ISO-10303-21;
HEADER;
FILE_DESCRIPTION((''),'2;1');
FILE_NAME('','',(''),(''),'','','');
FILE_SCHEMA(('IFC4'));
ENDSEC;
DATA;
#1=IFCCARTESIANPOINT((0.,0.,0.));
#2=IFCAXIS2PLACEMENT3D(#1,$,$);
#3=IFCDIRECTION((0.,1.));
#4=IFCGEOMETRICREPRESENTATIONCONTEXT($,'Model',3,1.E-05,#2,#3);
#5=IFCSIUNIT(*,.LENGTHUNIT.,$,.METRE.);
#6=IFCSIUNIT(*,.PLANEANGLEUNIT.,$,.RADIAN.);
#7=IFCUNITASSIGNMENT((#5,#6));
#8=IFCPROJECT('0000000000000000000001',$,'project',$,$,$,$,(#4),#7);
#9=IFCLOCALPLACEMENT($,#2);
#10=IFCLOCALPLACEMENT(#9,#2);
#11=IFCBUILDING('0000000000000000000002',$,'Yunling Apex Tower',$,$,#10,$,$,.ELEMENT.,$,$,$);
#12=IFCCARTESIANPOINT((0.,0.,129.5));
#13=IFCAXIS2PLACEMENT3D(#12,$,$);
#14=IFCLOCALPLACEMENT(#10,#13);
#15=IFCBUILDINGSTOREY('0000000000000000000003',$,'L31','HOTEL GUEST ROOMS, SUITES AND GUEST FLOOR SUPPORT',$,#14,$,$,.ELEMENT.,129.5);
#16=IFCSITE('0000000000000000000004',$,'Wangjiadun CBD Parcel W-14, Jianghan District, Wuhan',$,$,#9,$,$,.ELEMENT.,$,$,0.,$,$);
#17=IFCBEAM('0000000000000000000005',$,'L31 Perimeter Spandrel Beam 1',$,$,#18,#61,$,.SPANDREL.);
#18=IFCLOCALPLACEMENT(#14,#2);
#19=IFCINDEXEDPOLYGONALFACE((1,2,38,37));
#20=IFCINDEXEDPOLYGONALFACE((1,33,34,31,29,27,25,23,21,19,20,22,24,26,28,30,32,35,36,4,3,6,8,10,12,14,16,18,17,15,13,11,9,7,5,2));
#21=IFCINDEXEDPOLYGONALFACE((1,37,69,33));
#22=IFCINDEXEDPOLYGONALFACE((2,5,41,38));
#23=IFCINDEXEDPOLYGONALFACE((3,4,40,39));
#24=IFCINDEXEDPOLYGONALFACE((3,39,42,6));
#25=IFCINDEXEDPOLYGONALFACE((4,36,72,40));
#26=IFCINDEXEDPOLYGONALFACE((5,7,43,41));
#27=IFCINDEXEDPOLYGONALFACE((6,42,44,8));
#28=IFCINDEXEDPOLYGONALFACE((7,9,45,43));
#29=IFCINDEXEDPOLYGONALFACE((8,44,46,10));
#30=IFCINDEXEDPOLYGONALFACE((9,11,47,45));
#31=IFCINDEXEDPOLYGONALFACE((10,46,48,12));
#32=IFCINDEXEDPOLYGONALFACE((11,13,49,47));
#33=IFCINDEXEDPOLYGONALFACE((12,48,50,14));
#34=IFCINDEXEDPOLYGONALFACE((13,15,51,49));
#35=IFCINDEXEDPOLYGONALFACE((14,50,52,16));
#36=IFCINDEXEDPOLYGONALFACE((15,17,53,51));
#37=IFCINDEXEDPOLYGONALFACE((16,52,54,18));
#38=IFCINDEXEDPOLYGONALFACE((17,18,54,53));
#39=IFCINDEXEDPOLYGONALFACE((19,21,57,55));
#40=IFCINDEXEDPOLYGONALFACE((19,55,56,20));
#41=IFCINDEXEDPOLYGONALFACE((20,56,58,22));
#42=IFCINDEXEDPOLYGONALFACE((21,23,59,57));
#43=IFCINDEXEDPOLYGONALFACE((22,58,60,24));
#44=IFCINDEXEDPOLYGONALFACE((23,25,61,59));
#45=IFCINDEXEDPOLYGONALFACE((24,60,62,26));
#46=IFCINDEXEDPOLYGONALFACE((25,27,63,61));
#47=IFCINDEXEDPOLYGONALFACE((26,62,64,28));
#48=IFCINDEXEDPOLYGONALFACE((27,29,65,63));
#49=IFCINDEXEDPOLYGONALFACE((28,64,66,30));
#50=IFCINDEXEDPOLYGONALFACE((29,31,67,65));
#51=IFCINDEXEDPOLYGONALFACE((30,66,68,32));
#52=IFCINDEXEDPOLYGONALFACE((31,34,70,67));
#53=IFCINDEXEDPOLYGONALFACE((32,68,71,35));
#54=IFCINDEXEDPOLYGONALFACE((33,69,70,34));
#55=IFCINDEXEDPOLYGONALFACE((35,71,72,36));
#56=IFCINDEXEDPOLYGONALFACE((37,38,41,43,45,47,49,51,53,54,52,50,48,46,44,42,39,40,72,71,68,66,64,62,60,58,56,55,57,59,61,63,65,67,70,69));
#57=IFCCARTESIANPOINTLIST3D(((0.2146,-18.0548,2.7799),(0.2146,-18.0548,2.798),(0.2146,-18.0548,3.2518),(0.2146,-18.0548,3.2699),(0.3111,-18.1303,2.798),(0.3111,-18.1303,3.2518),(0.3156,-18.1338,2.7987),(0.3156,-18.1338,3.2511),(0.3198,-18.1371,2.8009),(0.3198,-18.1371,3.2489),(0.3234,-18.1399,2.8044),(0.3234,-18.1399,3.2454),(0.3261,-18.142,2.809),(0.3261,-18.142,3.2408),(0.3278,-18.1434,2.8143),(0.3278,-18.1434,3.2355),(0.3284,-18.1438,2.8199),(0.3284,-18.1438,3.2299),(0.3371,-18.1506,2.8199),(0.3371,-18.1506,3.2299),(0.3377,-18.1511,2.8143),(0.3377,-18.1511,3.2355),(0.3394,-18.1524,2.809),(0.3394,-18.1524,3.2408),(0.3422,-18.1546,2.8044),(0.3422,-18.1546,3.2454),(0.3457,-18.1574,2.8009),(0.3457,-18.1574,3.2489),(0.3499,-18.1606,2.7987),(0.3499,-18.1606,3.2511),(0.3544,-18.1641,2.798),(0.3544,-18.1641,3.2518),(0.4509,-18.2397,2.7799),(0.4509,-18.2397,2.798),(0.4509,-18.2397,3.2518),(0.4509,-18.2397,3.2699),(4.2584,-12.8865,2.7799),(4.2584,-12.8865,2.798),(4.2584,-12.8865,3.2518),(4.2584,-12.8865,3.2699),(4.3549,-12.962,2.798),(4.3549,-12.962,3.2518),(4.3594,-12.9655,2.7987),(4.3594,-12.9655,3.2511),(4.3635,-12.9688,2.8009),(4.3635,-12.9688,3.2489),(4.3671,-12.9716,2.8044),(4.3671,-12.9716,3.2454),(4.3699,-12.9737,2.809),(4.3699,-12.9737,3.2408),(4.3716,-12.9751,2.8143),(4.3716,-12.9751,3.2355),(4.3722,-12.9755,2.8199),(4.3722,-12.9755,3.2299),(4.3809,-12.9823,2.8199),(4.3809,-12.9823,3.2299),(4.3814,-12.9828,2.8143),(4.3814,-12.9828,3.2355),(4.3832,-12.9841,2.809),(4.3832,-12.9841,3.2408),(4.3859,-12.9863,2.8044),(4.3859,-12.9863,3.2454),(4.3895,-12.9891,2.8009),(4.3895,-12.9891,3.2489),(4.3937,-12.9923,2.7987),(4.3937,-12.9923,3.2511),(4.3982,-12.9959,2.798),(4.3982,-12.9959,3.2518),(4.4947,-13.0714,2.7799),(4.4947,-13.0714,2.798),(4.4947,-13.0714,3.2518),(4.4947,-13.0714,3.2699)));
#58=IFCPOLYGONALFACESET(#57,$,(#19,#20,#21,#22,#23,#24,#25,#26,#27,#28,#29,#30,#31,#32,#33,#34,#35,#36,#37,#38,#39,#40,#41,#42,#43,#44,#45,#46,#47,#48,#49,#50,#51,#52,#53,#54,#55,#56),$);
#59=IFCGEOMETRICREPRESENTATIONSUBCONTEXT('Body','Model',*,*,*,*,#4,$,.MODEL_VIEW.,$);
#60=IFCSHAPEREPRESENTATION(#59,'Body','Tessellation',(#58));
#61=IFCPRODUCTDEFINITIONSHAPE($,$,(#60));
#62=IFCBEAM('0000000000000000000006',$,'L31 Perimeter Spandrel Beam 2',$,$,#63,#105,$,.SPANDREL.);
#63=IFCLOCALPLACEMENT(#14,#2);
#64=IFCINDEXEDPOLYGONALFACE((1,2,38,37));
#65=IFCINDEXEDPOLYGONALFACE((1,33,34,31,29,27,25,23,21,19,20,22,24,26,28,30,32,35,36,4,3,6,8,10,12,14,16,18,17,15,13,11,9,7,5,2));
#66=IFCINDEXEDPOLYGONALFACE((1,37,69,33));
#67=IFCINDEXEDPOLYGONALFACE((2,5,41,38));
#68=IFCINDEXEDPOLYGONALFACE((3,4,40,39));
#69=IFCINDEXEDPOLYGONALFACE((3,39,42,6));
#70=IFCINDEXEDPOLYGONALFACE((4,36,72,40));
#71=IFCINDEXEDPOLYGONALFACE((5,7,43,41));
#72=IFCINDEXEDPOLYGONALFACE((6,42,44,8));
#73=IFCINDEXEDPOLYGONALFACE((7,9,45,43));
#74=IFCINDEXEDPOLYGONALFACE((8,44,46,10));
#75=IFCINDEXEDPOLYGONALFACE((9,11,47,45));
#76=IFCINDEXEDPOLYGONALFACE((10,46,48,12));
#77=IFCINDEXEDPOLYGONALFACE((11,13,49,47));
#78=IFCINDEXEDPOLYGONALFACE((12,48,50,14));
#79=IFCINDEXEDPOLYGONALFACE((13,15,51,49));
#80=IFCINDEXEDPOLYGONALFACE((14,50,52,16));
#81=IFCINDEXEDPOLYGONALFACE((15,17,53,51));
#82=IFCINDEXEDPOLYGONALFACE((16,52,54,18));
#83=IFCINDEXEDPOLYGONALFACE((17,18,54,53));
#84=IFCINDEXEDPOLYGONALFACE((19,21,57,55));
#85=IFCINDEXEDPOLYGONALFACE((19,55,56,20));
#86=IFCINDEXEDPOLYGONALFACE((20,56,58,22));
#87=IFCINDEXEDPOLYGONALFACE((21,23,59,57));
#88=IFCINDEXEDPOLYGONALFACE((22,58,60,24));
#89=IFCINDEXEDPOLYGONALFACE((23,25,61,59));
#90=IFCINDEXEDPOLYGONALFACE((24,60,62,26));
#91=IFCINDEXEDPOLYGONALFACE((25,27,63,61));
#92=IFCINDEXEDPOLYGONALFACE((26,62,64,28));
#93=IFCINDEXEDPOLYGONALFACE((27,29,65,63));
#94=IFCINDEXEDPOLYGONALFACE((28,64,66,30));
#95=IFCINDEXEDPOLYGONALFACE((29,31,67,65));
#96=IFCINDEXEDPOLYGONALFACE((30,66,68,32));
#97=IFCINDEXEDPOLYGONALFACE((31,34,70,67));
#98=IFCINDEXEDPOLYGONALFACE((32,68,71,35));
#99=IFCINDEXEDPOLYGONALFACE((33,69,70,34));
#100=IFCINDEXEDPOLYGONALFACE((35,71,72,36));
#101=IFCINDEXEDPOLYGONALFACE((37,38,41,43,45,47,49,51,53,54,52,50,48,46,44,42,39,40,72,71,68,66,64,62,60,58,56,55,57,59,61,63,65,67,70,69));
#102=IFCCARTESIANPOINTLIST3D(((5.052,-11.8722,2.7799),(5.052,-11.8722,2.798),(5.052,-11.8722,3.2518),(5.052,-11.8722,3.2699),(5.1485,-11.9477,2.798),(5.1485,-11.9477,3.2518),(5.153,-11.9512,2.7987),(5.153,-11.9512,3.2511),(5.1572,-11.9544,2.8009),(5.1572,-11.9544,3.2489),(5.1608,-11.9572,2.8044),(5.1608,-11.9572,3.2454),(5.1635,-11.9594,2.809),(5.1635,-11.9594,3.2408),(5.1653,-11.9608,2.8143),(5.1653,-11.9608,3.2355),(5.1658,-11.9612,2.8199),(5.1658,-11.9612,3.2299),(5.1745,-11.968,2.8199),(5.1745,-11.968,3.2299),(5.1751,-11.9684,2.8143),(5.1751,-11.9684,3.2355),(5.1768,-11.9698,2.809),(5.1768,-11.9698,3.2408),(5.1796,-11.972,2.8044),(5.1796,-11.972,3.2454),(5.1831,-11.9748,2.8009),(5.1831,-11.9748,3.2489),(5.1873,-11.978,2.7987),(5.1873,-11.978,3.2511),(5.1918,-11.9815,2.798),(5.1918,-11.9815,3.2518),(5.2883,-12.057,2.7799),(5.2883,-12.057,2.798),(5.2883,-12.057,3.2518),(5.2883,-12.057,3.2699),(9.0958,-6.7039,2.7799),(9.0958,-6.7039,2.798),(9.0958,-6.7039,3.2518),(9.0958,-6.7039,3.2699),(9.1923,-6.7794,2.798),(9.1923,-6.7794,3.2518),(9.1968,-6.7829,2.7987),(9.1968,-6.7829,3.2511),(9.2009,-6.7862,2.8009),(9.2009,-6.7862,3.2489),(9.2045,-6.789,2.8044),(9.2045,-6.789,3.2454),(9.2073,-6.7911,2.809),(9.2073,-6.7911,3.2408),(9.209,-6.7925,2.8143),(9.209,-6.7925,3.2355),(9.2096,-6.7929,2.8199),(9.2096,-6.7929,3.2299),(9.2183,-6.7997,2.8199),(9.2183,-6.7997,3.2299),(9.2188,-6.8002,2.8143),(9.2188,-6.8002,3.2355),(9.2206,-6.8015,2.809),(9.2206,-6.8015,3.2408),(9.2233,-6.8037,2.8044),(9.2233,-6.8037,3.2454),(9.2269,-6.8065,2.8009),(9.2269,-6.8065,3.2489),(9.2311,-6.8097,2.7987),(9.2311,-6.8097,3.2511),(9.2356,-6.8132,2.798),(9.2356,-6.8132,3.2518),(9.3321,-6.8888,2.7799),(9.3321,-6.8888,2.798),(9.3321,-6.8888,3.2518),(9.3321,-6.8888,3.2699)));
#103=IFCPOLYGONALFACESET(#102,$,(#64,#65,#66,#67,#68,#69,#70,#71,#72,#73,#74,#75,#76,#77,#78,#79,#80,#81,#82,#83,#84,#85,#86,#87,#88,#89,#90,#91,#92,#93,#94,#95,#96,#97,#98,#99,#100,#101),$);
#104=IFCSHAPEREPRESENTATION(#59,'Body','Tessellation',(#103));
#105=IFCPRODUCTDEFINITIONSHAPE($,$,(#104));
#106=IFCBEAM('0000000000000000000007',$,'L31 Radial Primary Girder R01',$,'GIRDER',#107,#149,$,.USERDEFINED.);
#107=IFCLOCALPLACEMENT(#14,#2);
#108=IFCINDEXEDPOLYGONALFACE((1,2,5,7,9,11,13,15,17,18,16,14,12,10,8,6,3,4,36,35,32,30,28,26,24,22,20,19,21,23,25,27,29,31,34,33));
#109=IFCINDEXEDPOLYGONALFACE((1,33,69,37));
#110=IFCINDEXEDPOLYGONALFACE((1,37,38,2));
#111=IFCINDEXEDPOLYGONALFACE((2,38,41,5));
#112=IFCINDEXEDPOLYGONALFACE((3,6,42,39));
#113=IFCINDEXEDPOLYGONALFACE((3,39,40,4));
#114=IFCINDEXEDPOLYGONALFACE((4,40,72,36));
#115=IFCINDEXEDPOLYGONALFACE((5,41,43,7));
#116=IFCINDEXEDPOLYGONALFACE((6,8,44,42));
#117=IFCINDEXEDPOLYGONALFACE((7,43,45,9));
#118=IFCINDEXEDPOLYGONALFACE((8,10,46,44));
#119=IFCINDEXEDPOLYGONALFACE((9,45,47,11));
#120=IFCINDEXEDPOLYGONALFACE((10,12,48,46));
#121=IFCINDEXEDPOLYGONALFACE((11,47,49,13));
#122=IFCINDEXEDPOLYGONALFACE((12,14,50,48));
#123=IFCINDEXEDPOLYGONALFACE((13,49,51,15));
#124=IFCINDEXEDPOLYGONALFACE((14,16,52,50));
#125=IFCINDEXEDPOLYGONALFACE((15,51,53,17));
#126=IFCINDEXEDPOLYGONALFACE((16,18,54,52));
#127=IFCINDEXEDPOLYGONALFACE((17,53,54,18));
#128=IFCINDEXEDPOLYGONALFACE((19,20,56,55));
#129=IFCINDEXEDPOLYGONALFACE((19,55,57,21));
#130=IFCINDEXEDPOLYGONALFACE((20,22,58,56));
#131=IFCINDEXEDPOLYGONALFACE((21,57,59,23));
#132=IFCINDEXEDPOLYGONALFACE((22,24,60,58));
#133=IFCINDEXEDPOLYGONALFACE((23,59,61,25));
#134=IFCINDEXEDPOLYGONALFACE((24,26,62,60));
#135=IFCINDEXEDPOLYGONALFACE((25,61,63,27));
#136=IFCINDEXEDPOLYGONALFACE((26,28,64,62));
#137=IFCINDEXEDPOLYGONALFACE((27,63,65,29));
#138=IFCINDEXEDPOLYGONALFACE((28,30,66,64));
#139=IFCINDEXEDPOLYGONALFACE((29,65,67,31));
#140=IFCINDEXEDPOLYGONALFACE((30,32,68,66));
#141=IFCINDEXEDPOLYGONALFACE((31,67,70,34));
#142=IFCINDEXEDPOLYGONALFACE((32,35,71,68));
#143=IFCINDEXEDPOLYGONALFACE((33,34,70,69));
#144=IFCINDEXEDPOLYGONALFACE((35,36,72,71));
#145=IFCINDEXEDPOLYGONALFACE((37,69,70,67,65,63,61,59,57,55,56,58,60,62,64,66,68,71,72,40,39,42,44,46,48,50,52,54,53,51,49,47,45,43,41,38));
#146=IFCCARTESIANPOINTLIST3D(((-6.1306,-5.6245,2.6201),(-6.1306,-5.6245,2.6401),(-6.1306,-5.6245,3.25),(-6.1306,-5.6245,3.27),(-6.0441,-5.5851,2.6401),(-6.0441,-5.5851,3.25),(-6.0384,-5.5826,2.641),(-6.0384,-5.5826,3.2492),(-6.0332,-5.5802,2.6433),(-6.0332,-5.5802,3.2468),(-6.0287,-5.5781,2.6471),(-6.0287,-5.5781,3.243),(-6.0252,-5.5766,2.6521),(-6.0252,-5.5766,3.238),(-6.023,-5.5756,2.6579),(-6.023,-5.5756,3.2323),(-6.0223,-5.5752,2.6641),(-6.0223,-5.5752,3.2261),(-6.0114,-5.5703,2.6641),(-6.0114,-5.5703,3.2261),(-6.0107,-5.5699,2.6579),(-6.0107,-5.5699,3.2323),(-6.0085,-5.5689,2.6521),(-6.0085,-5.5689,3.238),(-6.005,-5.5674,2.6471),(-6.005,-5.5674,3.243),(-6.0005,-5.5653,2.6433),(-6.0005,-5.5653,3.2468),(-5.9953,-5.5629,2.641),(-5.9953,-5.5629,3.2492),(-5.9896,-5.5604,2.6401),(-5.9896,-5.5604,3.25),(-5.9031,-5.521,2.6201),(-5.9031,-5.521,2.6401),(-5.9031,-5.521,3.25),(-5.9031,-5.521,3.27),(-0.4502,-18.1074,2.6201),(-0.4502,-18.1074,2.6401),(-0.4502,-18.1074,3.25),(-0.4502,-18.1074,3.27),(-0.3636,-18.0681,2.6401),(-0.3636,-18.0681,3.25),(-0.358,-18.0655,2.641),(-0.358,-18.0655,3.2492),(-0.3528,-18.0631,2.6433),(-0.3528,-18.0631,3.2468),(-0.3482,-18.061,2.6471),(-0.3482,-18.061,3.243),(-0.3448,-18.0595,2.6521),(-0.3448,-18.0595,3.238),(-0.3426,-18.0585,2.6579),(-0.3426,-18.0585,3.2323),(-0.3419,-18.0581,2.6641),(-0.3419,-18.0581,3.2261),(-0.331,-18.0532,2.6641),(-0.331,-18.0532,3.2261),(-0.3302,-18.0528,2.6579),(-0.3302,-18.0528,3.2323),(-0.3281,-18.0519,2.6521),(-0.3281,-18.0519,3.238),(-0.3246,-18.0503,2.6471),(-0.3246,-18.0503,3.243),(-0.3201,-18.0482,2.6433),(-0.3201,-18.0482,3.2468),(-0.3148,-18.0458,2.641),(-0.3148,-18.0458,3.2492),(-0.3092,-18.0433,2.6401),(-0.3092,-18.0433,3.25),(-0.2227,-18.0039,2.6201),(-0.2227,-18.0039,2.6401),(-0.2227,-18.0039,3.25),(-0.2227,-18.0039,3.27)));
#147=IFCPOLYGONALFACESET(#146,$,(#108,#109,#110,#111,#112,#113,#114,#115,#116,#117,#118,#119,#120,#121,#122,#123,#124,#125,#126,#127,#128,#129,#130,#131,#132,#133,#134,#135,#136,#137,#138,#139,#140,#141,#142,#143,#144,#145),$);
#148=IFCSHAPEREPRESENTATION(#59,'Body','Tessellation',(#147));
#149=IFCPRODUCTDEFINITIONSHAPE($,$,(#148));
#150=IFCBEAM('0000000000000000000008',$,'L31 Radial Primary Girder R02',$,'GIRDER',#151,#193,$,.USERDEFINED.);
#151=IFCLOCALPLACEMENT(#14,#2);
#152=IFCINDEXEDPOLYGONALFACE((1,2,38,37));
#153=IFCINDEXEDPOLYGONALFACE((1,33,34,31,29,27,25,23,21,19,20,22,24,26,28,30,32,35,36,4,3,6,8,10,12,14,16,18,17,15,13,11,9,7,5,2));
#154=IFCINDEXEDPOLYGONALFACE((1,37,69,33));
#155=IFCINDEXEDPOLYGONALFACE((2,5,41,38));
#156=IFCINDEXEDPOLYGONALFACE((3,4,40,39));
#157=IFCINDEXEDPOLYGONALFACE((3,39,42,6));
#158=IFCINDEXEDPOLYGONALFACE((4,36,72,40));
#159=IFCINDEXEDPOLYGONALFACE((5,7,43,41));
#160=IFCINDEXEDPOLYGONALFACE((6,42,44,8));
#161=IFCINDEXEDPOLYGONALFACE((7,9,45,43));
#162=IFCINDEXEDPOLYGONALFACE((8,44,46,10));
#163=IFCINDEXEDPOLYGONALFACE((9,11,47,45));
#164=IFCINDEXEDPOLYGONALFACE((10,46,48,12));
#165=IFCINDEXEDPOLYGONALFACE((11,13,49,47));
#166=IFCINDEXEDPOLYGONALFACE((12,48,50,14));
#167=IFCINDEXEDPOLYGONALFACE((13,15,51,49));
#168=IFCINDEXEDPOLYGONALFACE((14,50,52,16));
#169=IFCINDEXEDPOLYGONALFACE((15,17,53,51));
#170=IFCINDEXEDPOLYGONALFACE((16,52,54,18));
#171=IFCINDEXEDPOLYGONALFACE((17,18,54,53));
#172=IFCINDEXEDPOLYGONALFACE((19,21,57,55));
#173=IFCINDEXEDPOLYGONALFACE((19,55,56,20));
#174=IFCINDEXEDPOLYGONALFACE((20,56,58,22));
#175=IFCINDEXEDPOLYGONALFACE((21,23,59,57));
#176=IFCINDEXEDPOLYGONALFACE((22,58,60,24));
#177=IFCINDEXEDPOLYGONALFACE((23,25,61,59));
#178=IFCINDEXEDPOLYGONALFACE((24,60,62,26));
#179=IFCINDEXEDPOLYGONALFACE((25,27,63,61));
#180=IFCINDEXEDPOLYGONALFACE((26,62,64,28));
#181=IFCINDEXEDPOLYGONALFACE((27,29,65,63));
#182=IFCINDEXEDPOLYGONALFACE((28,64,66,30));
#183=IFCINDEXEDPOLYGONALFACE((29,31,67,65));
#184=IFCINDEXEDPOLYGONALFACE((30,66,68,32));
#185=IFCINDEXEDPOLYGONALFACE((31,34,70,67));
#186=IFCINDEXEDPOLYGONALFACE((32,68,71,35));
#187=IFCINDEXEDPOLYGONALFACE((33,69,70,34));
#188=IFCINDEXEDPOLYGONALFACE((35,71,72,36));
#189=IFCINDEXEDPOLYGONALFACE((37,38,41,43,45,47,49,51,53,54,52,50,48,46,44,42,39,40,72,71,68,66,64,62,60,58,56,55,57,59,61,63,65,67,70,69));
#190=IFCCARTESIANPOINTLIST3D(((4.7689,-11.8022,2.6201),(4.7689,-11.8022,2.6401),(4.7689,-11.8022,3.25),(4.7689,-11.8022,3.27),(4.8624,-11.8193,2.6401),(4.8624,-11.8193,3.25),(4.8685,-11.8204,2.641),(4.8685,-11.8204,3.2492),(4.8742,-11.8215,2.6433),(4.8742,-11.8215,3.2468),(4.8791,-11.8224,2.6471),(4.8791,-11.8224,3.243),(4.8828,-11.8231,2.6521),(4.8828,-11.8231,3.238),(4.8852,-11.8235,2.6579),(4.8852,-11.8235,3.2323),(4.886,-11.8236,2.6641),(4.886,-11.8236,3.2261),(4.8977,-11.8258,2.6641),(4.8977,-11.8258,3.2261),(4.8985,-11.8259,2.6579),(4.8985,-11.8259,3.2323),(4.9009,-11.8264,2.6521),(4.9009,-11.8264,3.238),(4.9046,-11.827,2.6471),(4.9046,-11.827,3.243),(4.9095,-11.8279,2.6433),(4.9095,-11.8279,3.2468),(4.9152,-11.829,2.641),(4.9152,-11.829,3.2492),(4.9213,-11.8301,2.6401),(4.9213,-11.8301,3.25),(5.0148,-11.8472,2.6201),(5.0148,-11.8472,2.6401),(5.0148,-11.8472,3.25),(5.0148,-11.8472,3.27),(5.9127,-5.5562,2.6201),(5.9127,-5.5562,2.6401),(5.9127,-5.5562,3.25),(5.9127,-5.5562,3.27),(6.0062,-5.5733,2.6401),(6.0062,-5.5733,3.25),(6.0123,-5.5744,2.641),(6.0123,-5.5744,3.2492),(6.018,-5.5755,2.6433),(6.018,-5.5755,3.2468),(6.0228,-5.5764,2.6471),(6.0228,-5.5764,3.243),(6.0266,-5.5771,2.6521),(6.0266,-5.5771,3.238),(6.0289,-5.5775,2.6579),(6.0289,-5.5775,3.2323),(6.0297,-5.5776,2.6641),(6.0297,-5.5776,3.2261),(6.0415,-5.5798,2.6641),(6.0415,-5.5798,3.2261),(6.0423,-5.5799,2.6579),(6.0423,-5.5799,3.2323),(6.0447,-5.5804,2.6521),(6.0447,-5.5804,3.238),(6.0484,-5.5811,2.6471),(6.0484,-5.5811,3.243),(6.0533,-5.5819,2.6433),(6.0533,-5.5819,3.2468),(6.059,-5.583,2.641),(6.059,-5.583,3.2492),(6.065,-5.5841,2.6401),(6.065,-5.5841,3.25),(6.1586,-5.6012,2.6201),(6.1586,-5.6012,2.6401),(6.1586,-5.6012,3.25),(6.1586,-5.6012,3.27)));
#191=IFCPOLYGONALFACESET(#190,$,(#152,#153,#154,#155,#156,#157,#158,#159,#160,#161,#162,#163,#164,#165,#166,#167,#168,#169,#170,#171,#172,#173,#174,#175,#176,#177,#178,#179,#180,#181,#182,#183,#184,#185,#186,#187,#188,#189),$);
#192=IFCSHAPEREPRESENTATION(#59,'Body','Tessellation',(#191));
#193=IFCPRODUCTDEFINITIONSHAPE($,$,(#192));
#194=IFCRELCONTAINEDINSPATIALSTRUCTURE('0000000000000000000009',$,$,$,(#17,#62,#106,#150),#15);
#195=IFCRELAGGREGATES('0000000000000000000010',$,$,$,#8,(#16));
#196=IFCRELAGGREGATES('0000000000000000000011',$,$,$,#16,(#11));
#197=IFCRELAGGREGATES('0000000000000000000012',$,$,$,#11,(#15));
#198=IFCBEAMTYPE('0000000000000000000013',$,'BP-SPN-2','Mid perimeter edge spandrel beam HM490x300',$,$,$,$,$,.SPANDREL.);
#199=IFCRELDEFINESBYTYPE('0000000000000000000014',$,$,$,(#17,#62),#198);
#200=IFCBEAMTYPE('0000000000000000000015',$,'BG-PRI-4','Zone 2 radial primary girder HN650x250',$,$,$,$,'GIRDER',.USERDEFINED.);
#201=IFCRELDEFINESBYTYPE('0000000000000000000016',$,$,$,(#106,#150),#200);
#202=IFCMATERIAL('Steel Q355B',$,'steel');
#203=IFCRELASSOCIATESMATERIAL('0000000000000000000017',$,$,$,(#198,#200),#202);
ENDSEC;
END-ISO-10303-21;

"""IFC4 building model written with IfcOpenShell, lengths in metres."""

from ifc_helpers import new_model, si_unit, direction, frame, origin, origin_2d, place, context, subcontext, project, spatial, i_section, extrude, source, transform, mapped, material, material_profile, profile_set, type_object, element, save


model = new_model("IFC4")

# Units and contexts
model_context = context("Model", 3, precision=1e-05, world=origin(), true_north=direction((0.0, 1.0)))
body_context = subcontext(model_context, "Body", "Model", "MODEL_VIEW")
ifc_project = project(units=[si_unit("LENGTHUNIT", "METRE"), si_unit("PLANEANGLEUNIT", "RADIAN")], contexts=[model_context])

# Site, building, storey
site_placement = place(None, origin())
site = spatial("IfcSite", under=ifc_project, at=site_placement, Name="Wangjiadun CBD Parcel W-14, Jianghan District, Wuhan", CompositionType="ELEMENT", RefElevation=0.0)
building_placement = place(site_placement, origin())
building = spatial("IfcBuilding", under=site, at=building_placement, Name="Yunling Apex Tower", CompositionType="ELEMENT")
storey_placement = place(building_placement, frame((0.0, 0.0, 129.5)))
storey = spatial("IfcBuildingStorey", under=building, at=storey_placement, Name="L31", Description="HOTEL GUEST ROOMS, SUITES AND GUEST FLOOR SUPPORT", CompositionType="ELEMENT", Elevation=129.5)

# Beams
ifc_material_1 = material(Name="Steel Q355B", Category="steel")
ifc_material_profile_1 = material_profile(ifc_material_1, i_section(OverallWidth=0.3, OverallDepth=0.49, WebThickness=0.011, FlangeThickness=0.0181, FilletRadius=0.022, at=origin_2d()))
ifc_profile_set_1 = profile_set([ifc_material_profile_1], Name="Steel Q355B")
beam_type_1 = type_object("IfcBeamType", Name="BP-SPN-2", Description="Mid perimeter edge spandrel beam HM490x300", PredefinedType="SPANDREL", material=ifc_profile_set_1)
shared_shape_1 = source(origin(), body_context, "Body", "SweptSolid", [
    extrude(i_section(OverallWidth=0.3, OverallDepth=0.49, WebThickness=0.011, FlangeThickness=0.0181, FilletRadius=0.022, at=origin_2d()), origin(), (0.0, 0.0, 1.0), 6.5623),
])
for number, where, z_axis, x_axis, name in (
    (1, (0.3328, -18.1472, 3.0249), (0.616215, 0.787578, 0.0), (-0.787578, 0.616215, 0.0), "L31 Perimeter Spandrel Beam 1"),
    (2, (5.1702, -11.9646, 3.0249), (0.616215, 0.787578, 0.0), (-0.787578, 0.616215, 0.0), "L31 Perimeter Spandrel Beam 2"),
):
    element("IfcBeam", number, at=place(storey_placement, frame(where, z_axis=z_axis, x_axis=x_axis)), inside=storey, type_object=beam_type_1, Name=name, PredefinedType="SPANDREL", context=body_context, shape_type="MappedRepresentation", body=[
        mapped(shared_shape_1, transform((0.0, 0.0, 0.0), scale=1.0)),
    ])
ifc_material_profile_2 = material_profile(ifc_material_1, i_section(OverallWidth=0.25, OverallDepth=0.6499, WebThickness=0.012, FlangeThickness=0.02, FilletRadius=0.0239, at=origin_2d()))
ifc_profile_set_2 = profile_set([ifc_material_profile_2], Name="Steel Q355B")
beam_type_2 = type_object("IfcBeamType", Name="BG-PRI-4", Description="Zone 2 radial primary girder HN650x250", ElementType="GIRDER", PredefinedType="USERDEFINED", material=ifc_profile_set_2)
shared_shape_2 = source(origin(), body_context, "Body", "SweptSolid", [
    extrude(i_section(OverallWidth=0.25, OverallDepth=0.6499, WebThickness=0.012, FlangeThickness=0.02, FilletRadius=0.0239, at=origin_2d()), origin(), (0.0, 0.0, 1.0), 13.7146),
])
beam_1_placement = place(storey_placement, frame((-0.3364, -18.0557, 2.9451), z_axis=(-0.414188, 0.910191, 0.0), x_axis=(-0.910191, -0.414188, 0.0)))
element("IfcBeam", 3, at=beam_1_placement, inside=storey, type_object=beam_type_2, Name="L31 Radial Primary Girder R01", ObjectType="GIRDER", PredefinedType="USERDEFINED", context=body_context, shape_type="MappedRepresentation", body=[
    mapped(shared_shape_2, transform((0.0, 0.0, 0.0), scale=1.0)),
])
shared_shape_3 = source(origin(), body_context, "Body", "SweptSolid", [
    extrude(i_section(OverallWidth=0.25, OverallDepth=0.6499, WebThickness=0.012, FlangeThickness=0.02, FilletRadius=0.0239, at=origin_2d()), origin(), (0.0, 0.0, 1.0), 6.3499),
])
beam_2_placement = place(storey_placement, frame((4.8918, -11.8247, 2.9451), z_axis=(0.180127, 0.983643, 0.0), x_axis=(-0.983643, 0.180127, 0.0)))
element("IfcBeam", 4, at=beam_2_placement, inside=storey, type_object=beam_type_2, Name="L31 Radial Primary Girder R02", ObjectType="GIRDER", PredefinedType="USERDEFINED", context=body_context, shape_type="MappedRepresentation", body=[
    mapped(shared_shape_3, transform((0.0, 0.0, 0.0), scale=1.0)),
])

save(model, "model.ifc")
